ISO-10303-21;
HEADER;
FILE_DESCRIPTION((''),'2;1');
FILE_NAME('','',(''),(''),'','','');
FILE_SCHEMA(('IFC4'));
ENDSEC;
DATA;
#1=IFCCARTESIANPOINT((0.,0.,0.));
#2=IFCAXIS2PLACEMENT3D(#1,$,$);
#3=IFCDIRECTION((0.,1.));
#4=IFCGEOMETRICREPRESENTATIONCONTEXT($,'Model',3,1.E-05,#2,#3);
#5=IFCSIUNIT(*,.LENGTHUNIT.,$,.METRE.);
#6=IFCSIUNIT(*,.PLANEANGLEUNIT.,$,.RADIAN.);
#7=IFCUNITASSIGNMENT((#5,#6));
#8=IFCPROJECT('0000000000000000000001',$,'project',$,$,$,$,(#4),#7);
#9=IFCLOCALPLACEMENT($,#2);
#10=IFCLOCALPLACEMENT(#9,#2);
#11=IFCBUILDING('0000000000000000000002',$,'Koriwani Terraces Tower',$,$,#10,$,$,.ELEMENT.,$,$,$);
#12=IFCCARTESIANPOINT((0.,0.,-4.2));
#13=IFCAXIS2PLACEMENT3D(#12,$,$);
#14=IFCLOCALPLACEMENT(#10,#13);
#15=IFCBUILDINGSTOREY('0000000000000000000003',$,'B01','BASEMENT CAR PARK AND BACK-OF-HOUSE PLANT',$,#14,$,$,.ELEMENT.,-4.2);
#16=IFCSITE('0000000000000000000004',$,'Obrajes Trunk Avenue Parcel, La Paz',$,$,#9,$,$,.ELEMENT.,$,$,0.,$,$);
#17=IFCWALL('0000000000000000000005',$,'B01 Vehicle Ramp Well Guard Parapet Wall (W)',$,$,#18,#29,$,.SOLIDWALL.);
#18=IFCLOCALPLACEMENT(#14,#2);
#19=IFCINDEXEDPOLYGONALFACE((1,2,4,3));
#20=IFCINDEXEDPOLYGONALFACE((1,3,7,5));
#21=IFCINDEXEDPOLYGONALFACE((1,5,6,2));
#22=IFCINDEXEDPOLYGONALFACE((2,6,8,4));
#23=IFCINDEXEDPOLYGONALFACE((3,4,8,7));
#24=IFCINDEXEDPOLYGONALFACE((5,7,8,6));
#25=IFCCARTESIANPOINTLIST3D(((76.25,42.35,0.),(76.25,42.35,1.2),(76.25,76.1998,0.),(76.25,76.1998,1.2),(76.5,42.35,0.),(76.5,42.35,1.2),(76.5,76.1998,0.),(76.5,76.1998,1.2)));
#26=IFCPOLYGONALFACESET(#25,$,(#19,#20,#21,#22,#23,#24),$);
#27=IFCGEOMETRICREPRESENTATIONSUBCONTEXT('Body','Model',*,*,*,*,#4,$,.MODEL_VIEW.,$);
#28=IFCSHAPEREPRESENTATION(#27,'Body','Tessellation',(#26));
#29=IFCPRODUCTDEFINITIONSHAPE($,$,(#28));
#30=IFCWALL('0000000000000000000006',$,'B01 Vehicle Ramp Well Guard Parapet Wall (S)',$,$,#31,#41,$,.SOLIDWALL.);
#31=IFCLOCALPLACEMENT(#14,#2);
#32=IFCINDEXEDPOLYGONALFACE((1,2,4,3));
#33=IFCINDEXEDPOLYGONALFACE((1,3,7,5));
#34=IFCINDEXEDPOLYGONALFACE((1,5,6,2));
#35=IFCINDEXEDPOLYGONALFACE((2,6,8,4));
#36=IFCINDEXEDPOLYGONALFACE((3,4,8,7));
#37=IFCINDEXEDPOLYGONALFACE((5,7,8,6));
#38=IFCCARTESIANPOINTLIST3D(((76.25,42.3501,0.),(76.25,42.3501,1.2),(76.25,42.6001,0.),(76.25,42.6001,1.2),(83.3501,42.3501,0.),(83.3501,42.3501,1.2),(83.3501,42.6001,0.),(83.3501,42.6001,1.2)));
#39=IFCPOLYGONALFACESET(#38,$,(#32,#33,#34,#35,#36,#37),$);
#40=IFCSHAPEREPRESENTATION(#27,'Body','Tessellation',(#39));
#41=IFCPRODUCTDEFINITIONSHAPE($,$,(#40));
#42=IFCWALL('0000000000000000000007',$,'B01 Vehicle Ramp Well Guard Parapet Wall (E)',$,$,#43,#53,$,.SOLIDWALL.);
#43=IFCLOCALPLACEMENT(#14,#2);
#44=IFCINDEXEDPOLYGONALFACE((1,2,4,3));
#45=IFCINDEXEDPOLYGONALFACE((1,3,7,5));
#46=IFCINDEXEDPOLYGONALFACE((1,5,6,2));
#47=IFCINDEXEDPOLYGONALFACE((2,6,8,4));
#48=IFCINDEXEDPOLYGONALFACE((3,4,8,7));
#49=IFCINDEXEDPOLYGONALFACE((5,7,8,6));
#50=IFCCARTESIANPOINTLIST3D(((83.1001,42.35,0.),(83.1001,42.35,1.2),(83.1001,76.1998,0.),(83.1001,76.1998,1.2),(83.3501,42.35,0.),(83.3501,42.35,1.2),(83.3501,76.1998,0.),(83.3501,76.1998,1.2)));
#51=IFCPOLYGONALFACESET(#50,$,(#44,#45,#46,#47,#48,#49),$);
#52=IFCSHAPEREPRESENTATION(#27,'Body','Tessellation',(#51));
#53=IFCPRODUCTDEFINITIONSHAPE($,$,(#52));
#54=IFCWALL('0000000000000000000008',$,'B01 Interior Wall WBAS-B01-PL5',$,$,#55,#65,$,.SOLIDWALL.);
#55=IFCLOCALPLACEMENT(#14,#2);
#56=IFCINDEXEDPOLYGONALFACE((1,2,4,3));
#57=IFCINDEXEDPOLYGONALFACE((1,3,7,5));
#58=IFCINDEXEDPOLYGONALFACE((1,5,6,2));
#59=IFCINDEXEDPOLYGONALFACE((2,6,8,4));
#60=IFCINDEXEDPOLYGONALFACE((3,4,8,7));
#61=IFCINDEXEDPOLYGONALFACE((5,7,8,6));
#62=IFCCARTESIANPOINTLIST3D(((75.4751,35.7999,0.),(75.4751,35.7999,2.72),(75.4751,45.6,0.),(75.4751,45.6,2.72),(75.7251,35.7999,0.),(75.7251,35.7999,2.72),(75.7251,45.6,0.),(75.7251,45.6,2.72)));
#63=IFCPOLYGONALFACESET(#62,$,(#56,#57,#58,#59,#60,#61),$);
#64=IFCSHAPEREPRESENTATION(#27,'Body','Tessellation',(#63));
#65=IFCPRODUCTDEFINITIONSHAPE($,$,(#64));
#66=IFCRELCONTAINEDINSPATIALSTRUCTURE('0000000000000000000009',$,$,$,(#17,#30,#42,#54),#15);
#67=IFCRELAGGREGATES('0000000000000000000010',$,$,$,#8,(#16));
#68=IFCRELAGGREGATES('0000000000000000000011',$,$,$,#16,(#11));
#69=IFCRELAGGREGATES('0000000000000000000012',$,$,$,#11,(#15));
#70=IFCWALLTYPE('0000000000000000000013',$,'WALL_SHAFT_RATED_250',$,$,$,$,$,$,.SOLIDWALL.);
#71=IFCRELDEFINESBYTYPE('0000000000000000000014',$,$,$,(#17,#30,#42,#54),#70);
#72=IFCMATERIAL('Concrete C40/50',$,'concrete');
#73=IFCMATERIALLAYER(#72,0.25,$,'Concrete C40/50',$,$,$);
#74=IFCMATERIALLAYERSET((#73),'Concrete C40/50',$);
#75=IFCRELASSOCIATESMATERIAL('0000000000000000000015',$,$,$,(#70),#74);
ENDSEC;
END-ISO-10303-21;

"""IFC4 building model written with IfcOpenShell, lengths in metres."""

from ifc_helpers import new_model, si_unit, direction, frame, frame_2d, origin, place, context, subcontext, project, spatial, rectangle, extrude, material, layer, layer_set, type_object, element, save


model = new_model("IFC4")

# Units and contexts
model_context = context("Model", 3, precision=1e-05, world=origin(), true_north=direction((0.0, 1.0)))
body_context = subcontext(model_context, "Body", "Model", "MODEL_VIEW")
ifc_project = project(units=[si_unit("LENGTHUNIT", "METRE"), si_unit("PLANEANGLEUNIT", "RADIAN")], contexts=[model_context])

# Site, building, storey
site_placement = place(None, origin())
site = spatial("IfcSite", under=ifc_project, at=site_placement, Name="Obrajes Trunk Avenue Parcel, La Paz", CompositionType="ELEMENT", RefElevation=0.0)
building_placement = place(site_placement, origin())
building = spatial("IfcBuilding", under=site, at=building_placement, Name="Koriwani Terraces Tower", CompositionType="ELEMENT")
storey_placement = place(building_placement, frame((0.0, 0.0, -4.2)))
storey = spatial("IfcBuildingStorey", under=building, at=storey_placement, Name="B01", Description="BASEMENT CAR PARK AND BACK-OF-HOUSE PLANT", CompositionType="ELEMENT", Elevation=-4.2)

# Shared definitions
ifc_material_1 = material(Name="Concrete C40/50", Category="concrete")

# Walls
ifc_layer_1 = layer(ifc_material_1, 0.25, Name="Concrete C40/50")
ifc_layer_set_1 = layer_set([ifc_layer_1], Name="Concrete C40/50")
wall_type = type_object("IfcWallType", Name="WALL_SHAFT_RATED_250", PredefinedType="SOLIDWALL", material=ifc_layer_set_1)
wall_1_placement = place(storey_placement, frame((76.375, 42.3501, 0.0), z_axis=(0.0, 0.0, 1.0), x_axis=(0.0, 1.0, 0.0)))
element("IfcWall", 1, at=wall_1_placement, inside=storey, type_object=wall_type, Name="B01 Vehicle Ramp Well Guard Parapet Wall (W)", PredefinedType="SOLIDWALL", context=body_context, shape_type="SweptSolid", body=[
    extrude(rectangle(XDim=33.8499, YDim=0.25, at=frame_2d((16.9248, 0.0))), origin(), (0.0, 0.0, 1.0), 1.2),
])
wall_2_placement = place(storey_placement, frame((76.25, 42.4751, 0.0), z_axis=(0.0, 0.0, 1.0), x_axis=(1.0, 0.0, 0.0)))
element("IfcWall", 2, at=wall_2_placement, inside=storey, type_object=wall_type, Name="B01 Vehicle Ramp Well Guard Parapet Wall (S)", PredefinedType="SOLIDWALL", context=body_context, shape_type="SweptSolid", body=[
    extrude(rectangle(XDim=7.1001, YDim=0.25, at=frame_2d((3.55, 0.0))), origin(), (0.0, 0.0, 1.0), 1.2),
])
wall_3_placement = place(storey_placement, frame((83.2251, 42.3501, 0.0), z_axis=(0.0, 0.0, 1.0), x_axis=(0.0, 1.0, 0.0)))
element("IfcWall", 3, at=wall_3_placement, inside=storey, type_object=wall_type, Name="B01 Vehicle Ramp Well Guard Parapet Wall (E)", PredefinedType="SOLIDWALL", context=body_context, shape_type="SweptSolid", body=[
    extrude(rectangle(XDim=33.8499, YDim=0.25, at=frame_2d((16.9248, 0.0))), origin(), (0.0, 0.0, 1.0), 1.2),
])
wall_4_placement = place(storey_placement, frame((75.6001, 35.8, 0.0), z_axis=(0.0, 0.0, 1.0), x_axis=(0.0, 1.0, 0.0)))
element("IfcWall", 4, at=wall_4_placement, inside=storey, type_object=wall_type, Name="B01 Interior Wall WBAS-B01-PL5", PredefinedType="SOLIDWALL", context=body_context, shape_type="SweptSolid", body=[
    extrude(rectangle(XDim=9.8, YDim=0.25, at=frame_2d((4.8999, 0.0))), origin(), (0.0, 0.0, 1.0), 2.72),
])

save(model, "model.ifc")
